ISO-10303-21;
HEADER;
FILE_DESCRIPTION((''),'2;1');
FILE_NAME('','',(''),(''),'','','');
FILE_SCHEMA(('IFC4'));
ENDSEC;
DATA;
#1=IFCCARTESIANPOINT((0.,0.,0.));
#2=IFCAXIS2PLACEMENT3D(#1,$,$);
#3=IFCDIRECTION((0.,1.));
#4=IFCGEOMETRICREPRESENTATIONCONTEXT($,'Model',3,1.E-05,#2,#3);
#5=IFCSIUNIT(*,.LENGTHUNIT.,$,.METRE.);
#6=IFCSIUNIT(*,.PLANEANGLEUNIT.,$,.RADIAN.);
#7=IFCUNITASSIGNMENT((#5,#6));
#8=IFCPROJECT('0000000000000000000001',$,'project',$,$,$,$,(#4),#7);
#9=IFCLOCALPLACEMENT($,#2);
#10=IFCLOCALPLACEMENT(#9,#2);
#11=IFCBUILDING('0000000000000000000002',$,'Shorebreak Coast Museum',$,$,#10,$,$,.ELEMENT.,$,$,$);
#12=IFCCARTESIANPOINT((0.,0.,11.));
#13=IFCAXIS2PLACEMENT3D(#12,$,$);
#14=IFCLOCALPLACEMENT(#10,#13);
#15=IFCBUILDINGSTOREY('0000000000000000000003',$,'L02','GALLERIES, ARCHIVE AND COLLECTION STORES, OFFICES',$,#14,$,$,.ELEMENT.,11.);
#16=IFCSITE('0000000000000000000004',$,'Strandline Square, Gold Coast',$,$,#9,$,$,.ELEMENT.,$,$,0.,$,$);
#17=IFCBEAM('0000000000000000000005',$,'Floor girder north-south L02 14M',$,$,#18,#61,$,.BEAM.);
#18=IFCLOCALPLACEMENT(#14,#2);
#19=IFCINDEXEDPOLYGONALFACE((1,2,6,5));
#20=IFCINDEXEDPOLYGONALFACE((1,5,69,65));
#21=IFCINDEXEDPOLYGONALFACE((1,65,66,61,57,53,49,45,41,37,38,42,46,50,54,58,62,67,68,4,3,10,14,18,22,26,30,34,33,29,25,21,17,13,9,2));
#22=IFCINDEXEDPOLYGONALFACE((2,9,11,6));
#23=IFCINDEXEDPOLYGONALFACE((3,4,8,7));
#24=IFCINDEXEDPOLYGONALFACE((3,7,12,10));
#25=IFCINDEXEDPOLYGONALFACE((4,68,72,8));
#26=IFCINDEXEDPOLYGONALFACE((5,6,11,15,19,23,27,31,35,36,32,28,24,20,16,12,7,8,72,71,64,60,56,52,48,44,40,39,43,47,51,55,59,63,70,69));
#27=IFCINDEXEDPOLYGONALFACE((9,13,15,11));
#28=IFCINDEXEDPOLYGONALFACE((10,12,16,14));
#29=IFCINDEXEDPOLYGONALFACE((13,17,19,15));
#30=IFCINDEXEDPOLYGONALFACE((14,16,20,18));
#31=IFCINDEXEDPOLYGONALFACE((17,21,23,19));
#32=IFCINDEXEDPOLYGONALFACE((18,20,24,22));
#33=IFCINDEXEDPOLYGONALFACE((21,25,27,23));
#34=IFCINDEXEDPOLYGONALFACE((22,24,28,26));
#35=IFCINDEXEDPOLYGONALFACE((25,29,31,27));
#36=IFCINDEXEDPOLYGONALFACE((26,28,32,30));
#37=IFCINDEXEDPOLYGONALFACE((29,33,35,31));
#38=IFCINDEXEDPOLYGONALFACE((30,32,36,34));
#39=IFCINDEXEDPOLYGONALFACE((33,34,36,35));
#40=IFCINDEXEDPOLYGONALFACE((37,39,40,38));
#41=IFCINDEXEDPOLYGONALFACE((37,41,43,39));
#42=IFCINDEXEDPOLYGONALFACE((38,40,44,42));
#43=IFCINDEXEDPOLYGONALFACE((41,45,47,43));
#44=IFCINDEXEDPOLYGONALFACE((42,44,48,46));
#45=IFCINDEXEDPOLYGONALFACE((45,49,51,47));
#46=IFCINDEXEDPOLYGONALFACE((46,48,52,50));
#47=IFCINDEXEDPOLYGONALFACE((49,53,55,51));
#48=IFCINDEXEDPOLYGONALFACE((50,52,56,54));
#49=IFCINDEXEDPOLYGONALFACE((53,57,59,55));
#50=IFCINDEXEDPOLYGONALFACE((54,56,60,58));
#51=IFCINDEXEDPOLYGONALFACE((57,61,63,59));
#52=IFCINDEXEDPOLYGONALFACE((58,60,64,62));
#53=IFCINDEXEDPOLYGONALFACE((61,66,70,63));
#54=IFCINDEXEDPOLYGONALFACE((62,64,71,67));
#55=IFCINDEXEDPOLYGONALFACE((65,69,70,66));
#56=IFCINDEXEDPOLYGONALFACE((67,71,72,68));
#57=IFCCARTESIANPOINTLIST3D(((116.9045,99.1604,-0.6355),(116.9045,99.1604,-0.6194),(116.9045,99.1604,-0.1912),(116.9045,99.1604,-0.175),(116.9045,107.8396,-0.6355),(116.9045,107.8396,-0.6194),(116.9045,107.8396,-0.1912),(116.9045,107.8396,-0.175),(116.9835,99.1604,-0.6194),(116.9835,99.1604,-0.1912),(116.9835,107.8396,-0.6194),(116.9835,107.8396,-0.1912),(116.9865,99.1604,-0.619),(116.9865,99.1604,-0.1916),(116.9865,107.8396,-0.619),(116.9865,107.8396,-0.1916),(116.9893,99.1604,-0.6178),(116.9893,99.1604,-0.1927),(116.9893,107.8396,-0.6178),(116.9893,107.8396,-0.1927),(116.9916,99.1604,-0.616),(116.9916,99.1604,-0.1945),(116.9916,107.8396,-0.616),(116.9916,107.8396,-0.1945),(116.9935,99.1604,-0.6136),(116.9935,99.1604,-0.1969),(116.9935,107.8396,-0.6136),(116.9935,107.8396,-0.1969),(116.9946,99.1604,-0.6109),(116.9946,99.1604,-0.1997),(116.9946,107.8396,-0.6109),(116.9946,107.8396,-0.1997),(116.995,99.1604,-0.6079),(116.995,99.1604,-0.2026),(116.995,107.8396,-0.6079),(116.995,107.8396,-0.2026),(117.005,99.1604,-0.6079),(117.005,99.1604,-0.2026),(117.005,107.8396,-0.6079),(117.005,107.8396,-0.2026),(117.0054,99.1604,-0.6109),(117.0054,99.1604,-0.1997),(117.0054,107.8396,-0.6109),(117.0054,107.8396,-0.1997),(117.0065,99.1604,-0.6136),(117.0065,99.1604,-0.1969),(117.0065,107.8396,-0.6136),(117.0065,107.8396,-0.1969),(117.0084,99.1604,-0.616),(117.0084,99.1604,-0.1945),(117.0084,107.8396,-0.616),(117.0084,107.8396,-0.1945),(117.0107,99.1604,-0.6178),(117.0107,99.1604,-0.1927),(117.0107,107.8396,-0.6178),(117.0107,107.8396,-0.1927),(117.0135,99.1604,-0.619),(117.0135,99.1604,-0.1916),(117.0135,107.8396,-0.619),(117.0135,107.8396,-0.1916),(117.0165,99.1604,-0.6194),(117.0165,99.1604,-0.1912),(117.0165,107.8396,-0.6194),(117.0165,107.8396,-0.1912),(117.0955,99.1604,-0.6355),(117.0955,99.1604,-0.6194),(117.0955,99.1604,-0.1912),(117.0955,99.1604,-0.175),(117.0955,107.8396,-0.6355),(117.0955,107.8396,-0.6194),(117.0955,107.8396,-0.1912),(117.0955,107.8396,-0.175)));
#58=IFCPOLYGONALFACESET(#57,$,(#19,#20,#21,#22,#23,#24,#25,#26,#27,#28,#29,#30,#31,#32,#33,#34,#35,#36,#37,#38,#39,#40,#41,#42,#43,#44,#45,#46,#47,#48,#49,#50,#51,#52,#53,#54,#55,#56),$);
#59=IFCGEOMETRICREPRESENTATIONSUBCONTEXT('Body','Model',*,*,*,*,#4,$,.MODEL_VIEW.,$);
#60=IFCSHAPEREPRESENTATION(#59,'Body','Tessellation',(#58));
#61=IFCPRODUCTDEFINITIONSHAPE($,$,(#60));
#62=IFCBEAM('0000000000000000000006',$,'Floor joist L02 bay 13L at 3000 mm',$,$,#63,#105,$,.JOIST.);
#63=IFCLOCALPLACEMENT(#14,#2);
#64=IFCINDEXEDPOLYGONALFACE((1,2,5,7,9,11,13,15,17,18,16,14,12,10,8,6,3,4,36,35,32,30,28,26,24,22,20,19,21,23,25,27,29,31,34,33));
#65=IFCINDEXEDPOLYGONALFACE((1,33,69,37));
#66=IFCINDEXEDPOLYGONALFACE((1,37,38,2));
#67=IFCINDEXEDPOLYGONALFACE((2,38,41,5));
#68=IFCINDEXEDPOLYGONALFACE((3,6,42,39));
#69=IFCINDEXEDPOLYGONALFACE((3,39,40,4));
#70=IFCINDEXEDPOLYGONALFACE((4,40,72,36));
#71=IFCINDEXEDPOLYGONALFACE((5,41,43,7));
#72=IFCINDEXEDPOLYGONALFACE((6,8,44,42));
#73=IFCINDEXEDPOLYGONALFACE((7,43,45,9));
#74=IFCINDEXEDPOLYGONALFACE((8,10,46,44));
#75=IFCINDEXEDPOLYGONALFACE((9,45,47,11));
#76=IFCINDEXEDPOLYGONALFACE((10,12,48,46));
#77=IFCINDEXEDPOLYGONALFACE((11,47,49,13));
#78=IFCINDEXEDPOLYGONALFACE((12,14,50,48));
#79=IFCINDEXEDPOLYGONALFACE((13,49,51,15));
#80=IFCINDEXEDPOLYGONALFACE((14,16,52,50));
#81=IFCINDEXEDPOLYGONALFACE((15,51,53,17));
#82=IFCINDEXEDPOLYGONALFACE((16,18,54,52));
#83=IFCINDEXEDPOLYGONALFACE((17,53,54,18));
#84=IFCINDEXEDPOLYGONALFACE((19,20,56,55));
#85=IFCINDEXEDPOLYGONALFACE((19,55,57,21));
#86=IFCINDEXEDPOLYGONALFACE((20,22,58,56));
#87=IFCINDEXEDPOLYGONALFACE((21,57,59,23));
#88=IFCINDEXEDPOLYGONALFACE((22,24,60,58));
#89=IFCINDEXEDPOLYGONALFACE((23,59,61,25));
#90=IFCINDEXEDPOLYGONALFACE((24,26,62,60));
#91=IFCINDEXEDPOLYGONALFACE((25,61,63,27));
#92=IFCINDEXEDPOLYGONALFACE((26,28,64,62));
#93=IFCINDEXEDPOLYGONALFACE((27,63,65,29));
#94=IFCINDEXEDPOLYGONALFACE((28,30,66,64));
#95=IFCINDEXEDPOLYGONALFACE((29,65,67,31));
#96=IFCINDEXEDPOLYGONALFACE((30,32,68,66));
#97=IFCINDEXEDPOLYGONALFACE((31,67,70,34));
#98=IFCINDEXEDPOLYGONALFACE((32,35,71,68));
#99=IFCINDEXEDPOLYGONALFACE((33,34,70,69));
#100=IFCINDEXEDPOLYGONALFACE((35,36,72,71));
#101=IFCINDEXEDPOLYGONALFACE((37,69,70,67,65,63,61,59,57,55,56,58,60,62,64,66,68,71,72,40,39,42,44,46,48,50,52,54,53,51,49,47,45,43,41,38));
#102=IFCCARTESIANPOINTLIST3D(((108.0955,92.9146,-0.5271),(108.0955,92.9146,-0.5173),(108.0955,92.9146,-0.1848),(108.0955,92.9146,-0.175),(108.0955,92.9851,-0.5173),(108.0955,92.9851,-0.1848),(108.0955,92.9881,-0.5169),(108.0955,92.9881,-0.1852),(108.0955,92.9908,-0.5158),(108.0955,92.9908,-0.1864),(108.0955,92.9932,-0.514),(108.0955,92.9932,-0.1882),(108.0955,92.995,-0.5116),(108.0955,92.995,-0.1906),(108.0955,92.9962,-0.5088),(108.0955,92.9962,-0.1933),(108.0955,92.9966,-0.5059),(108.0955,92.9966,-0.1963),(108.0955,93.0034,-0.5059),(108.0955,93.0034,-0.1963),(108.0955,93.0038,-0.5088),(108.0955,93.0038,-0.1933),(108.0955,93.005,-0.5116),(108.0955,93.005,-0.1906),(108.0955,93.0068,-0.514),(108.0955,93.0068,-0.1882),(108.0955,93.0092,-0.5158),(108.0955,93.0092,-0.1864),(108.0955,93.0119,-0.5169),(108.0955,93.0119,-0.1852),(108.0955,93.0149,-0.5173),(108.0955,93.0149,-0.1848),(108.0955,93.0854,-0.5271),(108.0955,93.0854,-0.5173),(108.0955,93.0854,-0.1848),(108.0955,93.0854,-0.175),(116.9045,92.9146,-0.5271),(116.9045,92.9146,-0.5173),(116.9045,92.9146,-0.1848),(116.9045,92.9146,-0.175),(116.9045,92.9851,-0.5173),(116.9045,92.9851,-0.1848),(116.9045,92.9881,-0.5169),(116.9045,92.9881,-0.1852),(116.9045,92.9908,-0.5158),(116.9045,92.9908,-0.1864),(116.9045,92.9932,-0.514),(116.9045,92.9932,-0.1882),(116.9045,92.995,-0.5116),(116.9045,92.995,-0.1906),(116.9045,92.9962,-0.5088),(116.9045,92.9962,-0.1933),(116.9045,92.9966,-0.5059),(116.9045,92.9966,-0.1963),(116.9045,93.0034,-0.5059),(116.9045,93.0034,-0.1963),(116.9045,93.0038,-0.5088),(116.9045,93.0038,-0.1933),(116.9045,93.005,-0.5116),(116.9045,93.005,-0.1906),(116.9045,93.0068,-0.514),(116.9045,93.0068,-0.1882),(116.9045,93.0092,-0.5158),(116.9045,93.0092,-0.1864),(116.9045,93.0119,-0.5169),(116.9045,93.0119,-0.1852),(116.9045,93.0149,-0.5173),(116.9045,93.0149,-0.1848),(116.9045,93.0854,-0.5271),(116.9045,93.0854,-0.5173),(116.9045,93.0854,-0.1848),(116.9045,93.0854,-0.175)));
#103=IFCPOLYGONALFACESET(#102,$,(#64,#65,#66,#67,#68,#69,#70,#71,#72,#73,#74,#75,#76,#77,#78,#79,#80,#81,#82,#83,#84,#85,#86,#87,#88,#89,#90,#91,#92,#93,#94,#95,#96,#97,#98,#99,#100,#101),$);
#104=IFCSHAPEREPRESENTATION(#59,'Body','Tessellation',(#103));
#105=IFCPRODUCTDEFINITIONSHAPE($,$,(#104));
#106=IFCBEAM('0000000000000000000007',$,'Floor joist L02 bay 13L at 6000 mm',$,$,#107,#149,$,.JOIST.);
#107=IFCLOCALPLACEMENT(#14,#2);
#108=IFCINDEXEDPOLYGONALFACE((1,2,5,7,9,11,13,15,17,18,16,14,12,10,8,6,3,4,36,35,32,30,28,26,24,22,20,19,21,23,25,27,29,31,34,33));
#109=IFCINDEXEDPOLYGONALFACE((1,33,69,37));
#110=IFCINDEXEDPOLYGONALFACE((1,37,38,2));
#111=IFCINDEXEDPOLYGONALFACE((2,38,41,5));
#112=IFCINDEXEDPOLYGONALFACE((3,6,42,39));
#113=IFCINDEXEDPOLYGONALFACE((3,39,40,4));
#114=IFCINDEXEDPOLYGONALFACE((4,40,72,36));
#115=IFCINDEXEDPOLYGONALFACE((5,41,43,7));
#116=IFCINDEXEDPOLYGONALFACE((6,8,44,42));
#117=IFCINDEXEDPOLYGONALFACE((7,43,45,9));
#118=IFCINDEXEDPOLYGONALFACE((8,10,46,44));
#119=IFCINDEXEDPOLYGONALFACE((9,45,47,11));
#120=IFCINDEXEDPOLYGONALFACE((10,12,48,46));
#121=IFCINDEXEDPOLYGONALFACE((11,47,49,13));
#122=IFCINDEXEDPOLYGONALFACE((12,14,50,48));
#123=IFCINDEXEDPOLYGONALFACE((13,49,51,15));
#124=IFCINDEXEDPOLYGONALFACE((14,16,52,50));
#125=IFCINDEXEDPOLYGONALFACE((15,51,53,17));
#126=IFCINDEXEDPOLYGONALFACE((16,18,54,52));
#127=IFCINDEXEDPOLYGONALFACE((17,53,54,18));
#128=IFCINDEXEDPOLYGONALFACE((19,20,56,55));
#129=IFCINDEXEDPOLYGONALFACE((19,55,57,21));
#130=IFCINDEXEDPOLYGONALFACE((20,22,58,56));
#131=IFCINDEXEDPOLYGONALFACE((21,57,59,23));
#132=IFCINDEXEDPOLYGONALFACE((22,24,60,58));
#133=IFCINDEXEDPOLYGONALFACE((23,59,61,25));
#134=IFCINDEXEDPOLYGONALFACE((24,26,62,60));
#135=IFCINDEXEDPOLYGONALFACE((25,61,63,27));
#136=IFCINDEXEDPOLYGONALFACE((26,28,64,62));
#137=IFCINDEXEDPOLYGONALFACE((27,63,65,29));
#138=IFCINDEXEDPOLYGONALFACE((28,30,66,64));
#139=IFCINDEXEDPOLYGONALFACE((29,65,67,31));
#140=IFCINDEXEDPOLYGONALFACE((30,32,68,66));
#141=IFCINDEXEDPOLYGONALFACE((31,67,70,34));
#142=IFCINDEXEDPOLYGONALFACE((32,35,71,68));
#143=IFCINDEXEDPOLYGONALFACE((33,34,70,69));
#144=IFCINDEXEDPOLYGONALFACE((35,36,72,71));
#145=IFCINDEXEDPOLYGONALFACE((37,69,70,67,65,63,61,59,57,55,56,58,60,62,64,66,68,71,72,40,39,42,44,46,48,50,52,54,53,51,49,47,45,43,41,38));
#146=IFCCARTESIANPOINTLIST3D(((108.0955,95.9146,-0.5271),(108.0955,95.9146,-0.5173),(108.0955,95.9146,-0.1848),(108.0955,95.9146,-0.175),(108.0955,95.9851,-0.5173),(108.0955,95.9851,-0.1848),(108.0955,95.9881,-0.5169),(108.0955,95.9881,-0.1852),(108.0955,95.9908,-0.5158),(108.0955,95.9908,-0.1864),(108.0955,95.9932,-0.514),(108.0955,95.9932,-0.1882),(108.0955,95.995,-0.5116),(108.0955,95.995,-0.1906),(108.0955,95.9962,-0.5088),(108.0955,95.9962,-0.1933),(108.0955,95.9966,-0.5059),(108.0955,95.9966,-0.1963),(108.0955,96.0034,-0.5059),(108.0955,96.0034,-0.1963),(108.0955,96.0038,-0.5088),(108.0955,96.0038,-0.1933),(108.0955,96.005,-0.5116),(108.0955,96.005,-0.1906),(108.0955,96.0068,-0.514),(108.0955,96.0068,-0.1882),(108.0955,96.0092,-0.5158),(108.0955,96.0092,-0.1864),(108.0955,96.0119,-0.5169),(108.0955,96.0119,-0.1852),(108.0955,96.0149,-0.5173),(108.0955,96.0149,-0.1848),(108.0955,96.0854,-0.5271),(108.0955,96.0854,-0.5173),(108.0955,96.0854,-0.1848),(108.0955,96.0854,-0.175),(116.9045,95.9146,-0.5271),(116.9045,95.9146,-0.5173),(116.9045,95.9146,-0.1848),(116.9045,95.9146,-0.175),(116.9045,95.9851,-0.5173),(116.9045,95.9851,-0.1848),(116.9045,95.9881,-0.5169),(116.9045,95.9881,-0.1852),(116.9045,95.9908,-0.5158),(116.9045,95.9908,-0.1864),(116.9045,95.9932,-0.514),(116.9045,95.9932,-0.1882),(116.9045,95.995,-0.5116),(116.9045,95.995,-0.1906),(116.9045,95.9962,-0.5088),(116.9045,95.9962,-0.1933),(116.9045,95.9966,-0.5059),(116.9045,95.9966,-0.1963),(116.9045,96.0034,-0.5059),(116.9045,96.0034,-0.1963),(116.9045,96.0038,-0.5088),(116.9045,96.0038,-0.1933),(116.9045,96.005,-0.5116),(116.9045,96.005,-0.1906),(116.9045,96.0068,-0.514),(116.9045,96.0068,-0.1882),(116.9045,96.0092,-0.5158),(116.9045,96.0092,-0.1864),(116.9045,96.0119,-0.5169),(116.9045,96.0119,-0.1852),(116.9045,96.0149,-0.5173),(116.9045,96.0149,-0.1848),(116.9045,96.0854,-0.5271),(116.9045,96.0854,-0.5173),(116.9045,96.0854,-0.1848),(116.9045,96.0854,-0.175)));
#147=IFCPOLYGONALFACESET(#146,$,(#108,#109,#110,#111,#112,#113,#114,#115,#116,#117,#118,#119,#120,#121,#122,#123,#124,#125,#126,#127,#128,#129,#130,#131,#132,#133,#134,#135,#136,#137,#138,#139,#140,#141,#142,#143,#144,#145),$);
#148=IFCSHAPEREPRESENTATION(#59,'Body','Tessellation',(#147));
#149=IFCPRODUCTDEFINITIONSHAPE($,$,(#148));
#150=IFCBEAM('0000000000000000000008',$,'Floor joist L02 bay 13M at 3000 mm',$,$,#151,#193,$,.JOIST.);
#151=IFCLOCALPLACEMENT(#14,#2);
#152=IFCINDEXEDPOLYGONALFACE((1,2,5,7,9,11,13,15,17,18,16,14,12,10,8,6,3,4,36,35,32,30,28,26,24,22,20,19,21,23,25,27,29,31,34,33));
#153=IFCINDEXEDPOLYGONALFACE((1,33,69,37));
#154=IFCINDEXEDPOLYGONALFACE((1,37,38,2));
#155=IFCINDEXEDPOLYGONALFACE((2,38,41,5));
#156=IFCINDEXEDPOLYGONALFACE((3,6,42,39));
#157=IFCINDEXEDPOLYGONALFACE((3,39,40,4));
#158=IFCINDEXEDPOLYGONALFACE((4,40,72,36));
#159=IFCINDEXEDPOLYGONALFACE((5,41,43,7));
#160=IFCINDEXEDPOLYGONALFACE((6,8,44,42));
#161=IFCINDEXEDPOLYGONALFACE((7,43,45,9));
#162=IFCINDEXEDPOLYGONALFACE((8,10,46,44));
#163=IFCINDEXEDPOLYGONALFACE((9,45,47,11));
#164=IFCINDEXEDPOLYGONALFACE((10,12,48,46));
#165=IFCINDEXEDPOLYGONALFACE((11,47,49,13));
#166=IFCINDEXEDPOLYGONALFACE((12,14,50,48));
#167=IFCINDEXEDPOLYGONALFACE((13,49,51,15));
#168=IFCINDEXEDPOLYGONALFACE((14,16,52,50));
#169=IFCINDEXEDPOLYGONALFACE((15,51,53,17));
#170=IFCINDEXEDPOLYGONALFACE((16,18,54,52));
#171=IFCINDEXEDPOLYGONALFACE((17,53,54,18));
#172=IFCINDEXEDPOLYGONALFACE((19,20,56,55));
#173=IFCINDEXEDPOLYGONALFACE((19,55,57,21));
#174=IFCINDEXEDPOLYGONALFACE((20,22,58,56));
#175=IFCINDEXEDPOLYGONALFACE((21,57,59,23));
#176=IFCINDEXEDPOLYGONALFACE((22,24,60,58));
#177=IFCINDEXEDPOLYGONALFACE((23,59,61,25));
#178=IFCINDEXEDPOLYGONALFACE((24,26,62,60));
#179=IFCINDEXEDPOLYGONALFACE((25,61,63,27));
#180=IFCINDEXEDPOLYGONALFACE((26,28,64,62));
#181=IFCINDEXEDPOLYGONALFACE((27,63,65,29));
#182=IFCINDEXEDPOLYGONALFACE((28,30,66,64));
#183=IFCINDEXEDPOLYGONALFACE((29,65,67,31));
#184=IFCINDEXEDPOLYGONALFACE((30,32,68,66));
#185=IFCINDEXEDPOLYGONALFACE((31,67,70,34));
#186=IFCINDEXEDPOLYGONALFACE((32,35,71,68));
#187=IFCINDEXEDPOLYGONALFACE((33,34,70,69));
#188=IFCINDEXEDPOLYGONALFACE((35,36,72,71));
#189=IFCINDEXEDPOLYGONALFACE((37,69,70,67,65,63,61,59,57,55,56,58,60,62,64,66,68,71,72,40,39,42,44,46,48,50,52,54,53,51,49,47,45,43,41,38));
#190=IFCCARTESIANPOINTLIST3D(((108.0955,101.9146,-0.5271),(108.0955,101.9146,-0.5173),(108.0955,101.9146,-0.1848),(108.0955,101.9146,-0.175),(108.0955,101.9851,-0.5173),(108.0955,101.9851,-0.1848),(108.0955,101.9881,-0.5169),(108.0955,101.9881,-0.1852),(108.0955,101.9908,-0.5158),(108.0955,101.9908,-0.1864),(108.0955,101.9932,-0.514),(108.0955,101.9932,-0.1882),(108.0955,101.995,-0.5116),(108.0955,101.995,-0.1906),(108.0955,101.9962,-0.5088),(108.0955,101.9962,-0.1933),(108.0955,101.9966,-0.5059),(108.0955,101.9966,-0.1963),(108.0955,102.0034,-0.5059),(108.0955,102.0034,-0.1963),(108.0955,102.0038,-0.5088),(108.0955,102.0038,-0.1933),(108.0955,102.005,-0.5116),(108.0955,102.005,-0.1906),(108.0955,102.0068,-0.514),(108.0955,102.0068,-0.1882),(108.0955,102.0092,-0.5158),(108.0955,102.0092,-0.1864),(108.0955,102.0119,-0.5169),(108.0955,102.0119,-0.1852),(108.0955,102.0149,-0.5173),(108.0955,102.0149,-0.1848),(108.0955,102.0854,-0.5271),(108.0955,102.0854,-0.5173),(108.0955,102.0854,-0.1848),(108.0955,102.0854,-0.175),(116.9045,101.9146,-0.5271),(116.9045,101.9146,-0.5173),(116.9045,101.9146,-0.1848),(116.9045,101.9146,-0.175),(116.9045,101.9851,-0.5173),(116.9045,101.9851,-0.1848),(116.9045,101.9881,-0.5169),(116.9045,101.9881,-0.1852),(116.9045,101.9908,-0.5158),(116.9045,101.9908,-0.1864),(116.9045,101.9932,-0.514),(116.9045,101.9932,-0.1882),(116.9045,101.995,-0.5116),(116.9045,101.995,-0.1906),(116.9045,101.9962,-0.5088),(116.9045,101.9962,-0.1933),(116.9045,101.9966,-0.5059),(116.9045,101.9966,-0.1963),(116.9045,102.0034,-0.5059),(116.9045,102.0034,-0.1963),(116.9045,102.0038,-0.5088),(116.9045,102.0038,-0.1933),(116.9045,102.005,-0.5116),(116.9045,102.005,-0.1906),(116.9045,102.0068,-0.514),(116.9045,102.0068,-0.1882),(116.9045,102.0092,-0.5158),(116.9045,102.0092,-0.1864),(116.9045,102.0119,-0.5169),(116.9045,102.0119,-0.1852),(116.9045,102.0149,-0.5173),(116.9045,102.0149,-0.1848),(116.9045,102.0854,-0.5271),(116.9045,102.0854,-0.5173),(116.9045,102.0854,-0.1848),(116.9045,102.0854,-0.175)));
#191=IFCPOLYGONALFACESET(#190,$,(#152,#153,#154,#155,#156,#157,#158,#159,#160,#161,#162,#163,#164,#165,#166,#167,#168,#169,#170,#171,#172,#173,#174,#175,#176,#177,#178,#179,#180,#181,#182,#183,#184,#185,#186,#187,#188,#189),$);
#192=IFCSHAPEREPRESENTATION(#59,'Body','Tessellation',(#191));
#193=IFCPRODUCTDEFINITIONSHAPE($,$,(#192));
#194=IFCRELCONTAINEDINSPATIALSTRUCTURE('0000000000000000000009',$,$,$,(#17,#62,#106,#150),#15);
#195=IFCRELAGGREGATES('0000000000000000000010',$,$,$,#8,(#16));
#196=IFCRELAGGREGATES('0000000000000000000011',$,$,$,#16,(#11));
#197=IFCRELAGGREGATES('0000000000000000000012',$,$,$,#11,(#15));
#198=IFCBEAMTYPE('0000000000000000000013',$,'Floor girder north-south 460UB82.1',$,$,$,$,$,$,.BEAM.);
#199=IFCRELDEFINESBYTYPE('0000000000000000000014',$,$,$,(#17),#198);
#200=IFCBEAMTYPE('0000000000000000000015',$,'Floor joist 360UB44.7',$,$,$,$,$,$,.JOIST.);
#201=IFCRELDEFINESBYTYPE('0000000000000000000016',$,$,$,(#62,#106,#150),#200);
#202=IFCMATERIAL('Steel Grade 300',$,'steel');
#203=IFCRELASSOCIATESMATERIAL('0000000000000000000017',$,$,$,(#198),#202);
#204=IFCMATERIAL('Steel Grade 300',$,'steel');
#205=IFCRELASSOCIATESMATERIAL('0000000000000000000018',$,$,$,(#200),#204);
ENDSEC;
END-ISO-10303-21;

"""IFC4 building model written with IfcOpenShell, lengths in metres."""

from ifc_helpers import new_model, si_unit, direction, frame, origin, origin_2d, place, context, subcontext, project, spatial, i_section, extrude, material, material_profile, profile_set, type_object, element, save


model = new_model("IFC4")

# Units and contexts
model_context = context("Model", 3, precision=1e-05, world=origin(), true_north=direction((0.0, 1.0)))
body_context = subcontext(model_context, "Body", "Model", "MODEL_VIEW")
ifc_project = project(units=[si_unit("LENGTHUNIT", "METRE"), si_unit("PLANEANGLEUNIT", "RADIAN")], contexts=[model_context])

# Site, building, storey
site_placement = place(None, origin())
site = spatial("IfcSite", under=ifc_project, at=site_placement, Name="Strandline Square, Gold Coast", CompositionType="ELEMENT", RefElevation=0.0)
building_placement = place(site_placement, origin())
building = spatial("IfcBuilding", under=site, at=building_placement, Name="Shorebreak Coast Museum", CompositionType="ELEMENT")
storey_placement = place(building_placement, frame((0.0, 0.0, 11.0)))
storey = spatial("IfcBuildingStorey", under=building, at=storey_placement, Name="L02", Description="GALLERIES, ARCHIVE AND COLLECTION STORES, OFFICES", CompositionType="ELEMENT", Elevation=11.0)

# Beams
ifc_material_1 = material(Name="Steel Grade 300", Category="steel")
ifc_material_profile_1 = material_profile(ifc_material_1, i_section(OverallWidth=0.1909, OverallDepth=0.4604, WebThickness=0.01, FlangeThickness=0.0161, FilletRadius=0.0115, at=origin_2d()), Name="460UB82.1")
ifc_profile_set_1 = profile_set([ifc_material_profile_1], Name="Steel Grade 300")
beam_type_1 = type_object("IfcBeamType", Name="Floor girder north-south 460UB82.1", PredefinedType="BEAM", material=ifc_profile_set_1)
beam_1_placement = place(storey_placement, frame((117.0, 99.1604, -0.4053), z_axis=(0.0, 1.0, 0.0), x_axis=(-1.0, 0.0, 0.0)))
element("IfcBeam", 1, at=beam_1_placement, inside=storey, type_object=beam_type_1, Name="Floor girder north-south L02 14M", PredefinedType="BEAM", context=body_context, shape_type="SweptSolid", body=[
    extrude(i_section(OverallWidth=0.1909, OverallDepth=0.4604, WebThickness=0.01, FlangeThickness=0.0161, FilletRadius=0.0115, at=origin_2d()), origin(), (0.0, 0.0, 1.0), 8.6792),
])
ifc_material_2 = material(Name="Steel Grade 300", Category="steel")
ifc_material_profile_2 = material_profile(ifc_material_2, i_section(OverallWidth=0.1709, OverallDepth=0.3521, WebThickness=0.0068, FlangeThickness=0.0098, FilletRadius=0.0115, at=origin_2d()), Name="360UB44.7")
ifc_profile_set_2 = profile_set([ifc_material_profile_2], Name="Steel Grade 300")
beam_type_2 = type_object("IfcBeamType", Name="Floor joist 360UB44.7", PredefinedType="JOIST", material=ifc_profile_set_2)
for number, where, z_axis, x_axis, name in (
    (2, (108.0955, 93.0, -0.3511), (1.0, 0.0, 0.0), (0.0, 1.0, 0.0), "Floor joist L02 bay 13L at 3000 mm"),
    (3, (108.0955, 96.0, -0.3511), (1.0, 0.0, 0.0), (0.0, 1.0, 0.0), "Floor joist L02 bay 13L at 6000 mm"),
    (4, (108.0955, 102.0, -0.3511), (1.0, 0.0, 0.0), (0.0, 1.0, 0.0), "Floor joist L02 bay 13M at 3000 mm"),
):
    element("IfcBeam", number, at=place(storey_placement, frame(where, z_axis=z_axis, x_axis=x_axis)), inside=storey, type_object=beam_type_2, Name=name, PredefinedType="JOIST", context=body_context, shape_type="SweptSolid", body=[
        extrude(i_section(OverallWidth=0.1709, OverallDepth=0.3521, WebThickness=0.0068, FlangeThickness=0.0098, FilletRadius=0.0115, at=origin_2d()), origin(), (0.0, 0.0, 1.0), 8.8091),
    ])

save(model, "model.ifc")
